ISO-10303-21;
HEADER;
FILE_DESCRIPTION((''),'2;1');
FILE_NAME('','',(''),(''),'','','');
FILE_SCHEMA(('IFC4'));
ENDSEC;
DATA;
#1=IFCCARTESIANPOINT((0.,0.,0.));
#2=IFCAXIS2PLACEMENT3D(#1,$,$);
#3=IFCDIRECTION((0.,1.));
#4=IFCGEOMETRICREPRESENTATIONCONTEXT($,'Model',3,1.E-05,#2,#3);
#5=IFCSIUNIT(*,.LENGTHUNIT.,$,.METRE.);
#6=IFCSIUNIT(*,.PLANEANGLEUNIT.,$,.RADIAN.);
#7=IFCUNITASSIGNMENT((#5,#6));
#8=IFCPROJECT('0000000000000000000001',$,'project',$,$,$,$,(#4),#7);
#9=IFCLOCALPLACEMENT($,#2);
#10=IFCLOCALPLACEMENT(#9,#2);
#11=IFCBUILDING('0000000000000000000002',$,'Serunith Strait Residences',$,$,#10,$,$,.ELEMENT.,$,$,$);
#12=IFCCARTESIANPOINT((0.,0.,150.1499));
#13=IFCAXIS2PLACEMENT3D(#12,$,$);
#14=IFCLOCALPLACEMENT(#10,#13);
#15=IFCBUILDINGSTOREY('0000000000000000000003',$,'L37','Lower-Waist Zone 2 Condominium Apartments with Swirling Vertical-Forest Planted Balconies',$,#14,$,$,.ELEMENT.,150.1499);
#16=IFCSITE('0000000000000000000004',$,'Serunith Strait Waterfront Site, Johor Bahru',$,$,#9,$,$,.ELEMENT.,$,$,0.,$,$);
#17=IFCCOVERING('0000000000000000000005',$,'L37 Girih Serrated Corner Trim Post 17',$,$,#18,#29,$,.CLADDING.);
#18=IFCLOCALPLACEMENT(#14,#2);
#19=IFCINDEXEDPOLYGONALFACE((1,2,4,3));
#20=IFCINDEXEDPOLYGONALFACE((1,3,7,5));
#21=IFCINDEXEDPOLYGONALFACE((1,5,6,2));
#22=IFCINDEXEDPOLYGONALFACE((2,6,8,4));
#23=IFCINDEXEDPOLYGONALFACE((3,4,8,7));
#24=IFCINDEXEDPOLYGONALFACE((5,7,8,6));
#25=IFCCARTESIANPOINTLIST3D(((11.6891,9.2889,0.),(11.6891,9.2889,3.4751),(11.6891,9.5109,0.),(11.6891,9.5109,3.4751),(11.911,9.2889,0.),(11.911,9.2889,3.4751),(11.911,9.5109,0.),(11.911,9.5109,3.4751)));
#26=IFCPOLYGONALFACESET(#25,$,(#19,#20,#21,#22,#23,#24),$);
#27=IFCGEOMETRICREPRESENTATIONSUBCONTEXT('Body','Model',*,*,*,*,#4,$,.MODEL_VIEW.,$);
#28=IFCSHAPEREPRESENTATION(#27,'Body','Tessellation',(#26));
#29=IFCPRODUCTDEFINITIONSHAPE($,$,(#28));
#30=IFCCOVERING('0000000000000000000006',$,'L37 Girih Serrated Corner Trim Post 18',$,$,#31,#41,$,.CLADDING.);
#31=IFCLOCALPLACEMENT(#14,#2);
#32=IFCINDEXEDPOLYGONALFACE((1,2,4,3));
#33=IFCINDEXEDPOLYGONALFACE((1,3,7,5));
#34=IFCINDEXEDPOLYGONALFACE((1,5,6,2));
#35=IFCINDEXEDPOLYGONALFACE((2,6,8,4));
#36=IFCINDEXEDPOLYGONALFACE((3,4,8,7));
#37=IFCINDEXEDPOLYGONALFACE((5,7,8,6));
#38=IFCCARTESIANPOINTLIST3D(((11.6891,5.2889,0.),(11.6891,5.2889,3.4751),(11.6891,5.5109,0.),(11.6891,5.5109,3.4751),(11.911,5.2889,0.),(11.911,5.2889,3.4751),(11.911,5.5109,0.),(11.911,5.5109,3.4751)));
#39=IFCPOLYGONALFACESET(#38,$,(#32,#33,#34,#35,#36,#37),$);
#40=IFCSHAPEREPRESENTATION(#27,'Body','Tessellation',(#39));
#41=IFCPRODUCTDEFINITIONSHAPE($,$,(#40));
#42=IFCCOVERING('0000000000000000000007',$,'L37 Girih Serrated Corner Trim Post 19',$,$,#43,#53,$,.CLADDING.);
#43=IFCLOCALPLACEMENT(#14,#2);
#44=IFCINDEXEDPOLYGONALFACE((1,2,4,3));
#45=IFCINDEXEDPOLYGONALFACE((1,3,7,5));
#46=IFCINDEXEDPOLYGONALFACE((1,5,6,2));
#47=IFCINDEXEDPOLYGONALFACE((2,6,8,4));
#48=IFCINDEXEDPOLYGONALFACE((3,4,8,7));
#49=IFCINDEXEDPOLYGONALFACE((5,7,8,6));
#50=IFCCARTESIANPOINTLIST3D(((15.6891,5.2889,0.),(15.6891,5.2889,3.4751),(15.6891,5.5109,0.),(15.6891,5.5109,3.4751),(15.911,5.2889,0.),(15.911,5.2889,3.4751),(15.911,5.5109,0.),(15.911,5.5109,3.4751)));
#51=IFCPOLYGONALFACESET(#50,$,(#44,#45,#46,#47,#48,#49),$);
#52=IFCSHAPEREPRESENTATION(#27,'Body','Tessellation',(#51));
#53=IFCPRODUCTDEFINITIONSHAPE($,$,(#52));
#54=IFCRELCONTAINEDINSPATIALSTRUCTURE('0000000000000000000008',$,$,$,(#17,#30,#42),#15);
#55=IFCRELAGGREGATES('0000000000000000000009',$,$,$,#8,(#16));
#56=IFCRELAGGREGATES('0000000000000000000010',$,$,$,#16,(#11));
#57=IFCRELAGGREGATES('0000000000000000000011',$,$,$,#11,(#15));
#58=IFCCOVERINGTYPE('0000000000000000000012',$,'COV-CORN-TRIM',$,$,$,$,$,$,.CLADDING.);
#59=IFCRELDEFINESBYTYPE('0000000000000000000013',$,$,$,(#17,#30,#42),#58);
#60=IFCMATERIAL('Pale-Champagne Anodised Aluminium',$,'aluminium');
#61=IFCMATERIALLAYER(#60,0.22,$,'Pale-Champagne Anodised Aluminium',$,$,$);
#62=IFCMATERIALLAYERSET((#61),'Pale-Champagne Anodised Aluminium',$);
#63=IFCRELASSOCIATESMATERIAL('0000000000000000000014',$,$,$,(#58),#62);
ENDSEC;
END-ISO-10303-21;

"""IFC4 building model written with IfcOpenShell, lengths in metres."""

from ifc_helpers import new_model, si_unit, direction, frame, origin, origin_2d, place, context, subcontext, project, spatial, rectangle, extrude, source, transform, mapped, material, layer, layer_set, type_object, element, save


model = new_model("IFC4")

# Units and contexts
model_context = context("Model", 3, precision=1e-05, world=origin(), true_north=direction((0.0, 1.0)))
body_context = subcontext(model_context, "Body", "Model", "MODEL_VIEW")
ifc_project = project(units=[si_unit("LENGTHUNIT", "METRE"), si_unit("PLANEANGLEUNIT", "RADIAN")], contexts=[model_context])

# Site, building, storey
site_placement = place(None, origin())
site = spatial("IfcSite", under=ifc_project, at=site_placement, Name="Serunith Strait Waterfront Site, Johor Bahru", CompositionType="ELEMENT", RefElevation=0.0)
building_placement = place(site_placement, origin())
building = spatial("IfcBuilding", under=site, at=building_placement, Name="Serunith Strait Residences", CompositionType="ELEMENT")
storey_placement = place(building_placement, frame((0.0, 0.0, 150.1499)))
storey = spatial("IfcBuildingStorey", under=building, at=storey_placement, Name="L37", Description="Lower-Waist Zone 2 Condominium Apartments with Swirling Vertical-Forest Planted Balconies", CompositionType="ELEMENT", Elevation=150.1499)

# Shared definitions
ifc_material_1 = material(Name="Pale-Champagne Anodised Aluminium", Category="aluminium")

# Coverings
ifc_layer_1 = layer(ifc_material_1, 0.22, Name="Pale-Champagne Anodised Aluminium")
ifc_layer_set_1 = layer_set([ifc_layer_1], Name="Pale-Champagne Anodised Aluminium")
covering_type_1 = type_object("IfcCoveringType", Name="COV-CORN-TRIM", PredefinedType="CLADDING", material=ifc_layer_set_1)
shared_shape_1 = source(origin(), body_context, "Body", "SweptSolid", [
    extrude(rectangle(XDim=0.2219, YDim=0.2219, at=origin_2d()), origin(), (0.0, 0.0, 1.0), 3.4751),
])
for number, where, z_axis, x_axis, name in (
    (1, (11.8, 9.3999, 0.0), (0.0, 0.0, 1.0), (1.0, 0.0, 0.0), "L37 Girih Serrated Corner Trim Post 17"),
    (2, (11.8, 5.3999, 0.0), (0.0, 0.0, 1.0), (1.0, 0.0, 0.0), "L37 Girih Serrated Corner Trim Post 18"),
    (3, (15.8, 5.3999, 0.0), (0.0, 0.0, 1.0), (1.0, 0.0, 0.0), "L37 Girih Serrated Corner Trim Post 19"),
):
    element("IfcCovering", number, at=place(storey_placement, frame(where, z_axis=z_axis, x_axis=x_axis)), inside=storey, type_object=covering_type_1, Name=name, PredefinedType="CLADDING", context=body_context, shape_type="MappedRepresentation", body=[
        mapped(shared_shape_1, transform((0.0, 0.0, 0.0), scale=1.0)),
    ])

save(model, "model.ifc")
